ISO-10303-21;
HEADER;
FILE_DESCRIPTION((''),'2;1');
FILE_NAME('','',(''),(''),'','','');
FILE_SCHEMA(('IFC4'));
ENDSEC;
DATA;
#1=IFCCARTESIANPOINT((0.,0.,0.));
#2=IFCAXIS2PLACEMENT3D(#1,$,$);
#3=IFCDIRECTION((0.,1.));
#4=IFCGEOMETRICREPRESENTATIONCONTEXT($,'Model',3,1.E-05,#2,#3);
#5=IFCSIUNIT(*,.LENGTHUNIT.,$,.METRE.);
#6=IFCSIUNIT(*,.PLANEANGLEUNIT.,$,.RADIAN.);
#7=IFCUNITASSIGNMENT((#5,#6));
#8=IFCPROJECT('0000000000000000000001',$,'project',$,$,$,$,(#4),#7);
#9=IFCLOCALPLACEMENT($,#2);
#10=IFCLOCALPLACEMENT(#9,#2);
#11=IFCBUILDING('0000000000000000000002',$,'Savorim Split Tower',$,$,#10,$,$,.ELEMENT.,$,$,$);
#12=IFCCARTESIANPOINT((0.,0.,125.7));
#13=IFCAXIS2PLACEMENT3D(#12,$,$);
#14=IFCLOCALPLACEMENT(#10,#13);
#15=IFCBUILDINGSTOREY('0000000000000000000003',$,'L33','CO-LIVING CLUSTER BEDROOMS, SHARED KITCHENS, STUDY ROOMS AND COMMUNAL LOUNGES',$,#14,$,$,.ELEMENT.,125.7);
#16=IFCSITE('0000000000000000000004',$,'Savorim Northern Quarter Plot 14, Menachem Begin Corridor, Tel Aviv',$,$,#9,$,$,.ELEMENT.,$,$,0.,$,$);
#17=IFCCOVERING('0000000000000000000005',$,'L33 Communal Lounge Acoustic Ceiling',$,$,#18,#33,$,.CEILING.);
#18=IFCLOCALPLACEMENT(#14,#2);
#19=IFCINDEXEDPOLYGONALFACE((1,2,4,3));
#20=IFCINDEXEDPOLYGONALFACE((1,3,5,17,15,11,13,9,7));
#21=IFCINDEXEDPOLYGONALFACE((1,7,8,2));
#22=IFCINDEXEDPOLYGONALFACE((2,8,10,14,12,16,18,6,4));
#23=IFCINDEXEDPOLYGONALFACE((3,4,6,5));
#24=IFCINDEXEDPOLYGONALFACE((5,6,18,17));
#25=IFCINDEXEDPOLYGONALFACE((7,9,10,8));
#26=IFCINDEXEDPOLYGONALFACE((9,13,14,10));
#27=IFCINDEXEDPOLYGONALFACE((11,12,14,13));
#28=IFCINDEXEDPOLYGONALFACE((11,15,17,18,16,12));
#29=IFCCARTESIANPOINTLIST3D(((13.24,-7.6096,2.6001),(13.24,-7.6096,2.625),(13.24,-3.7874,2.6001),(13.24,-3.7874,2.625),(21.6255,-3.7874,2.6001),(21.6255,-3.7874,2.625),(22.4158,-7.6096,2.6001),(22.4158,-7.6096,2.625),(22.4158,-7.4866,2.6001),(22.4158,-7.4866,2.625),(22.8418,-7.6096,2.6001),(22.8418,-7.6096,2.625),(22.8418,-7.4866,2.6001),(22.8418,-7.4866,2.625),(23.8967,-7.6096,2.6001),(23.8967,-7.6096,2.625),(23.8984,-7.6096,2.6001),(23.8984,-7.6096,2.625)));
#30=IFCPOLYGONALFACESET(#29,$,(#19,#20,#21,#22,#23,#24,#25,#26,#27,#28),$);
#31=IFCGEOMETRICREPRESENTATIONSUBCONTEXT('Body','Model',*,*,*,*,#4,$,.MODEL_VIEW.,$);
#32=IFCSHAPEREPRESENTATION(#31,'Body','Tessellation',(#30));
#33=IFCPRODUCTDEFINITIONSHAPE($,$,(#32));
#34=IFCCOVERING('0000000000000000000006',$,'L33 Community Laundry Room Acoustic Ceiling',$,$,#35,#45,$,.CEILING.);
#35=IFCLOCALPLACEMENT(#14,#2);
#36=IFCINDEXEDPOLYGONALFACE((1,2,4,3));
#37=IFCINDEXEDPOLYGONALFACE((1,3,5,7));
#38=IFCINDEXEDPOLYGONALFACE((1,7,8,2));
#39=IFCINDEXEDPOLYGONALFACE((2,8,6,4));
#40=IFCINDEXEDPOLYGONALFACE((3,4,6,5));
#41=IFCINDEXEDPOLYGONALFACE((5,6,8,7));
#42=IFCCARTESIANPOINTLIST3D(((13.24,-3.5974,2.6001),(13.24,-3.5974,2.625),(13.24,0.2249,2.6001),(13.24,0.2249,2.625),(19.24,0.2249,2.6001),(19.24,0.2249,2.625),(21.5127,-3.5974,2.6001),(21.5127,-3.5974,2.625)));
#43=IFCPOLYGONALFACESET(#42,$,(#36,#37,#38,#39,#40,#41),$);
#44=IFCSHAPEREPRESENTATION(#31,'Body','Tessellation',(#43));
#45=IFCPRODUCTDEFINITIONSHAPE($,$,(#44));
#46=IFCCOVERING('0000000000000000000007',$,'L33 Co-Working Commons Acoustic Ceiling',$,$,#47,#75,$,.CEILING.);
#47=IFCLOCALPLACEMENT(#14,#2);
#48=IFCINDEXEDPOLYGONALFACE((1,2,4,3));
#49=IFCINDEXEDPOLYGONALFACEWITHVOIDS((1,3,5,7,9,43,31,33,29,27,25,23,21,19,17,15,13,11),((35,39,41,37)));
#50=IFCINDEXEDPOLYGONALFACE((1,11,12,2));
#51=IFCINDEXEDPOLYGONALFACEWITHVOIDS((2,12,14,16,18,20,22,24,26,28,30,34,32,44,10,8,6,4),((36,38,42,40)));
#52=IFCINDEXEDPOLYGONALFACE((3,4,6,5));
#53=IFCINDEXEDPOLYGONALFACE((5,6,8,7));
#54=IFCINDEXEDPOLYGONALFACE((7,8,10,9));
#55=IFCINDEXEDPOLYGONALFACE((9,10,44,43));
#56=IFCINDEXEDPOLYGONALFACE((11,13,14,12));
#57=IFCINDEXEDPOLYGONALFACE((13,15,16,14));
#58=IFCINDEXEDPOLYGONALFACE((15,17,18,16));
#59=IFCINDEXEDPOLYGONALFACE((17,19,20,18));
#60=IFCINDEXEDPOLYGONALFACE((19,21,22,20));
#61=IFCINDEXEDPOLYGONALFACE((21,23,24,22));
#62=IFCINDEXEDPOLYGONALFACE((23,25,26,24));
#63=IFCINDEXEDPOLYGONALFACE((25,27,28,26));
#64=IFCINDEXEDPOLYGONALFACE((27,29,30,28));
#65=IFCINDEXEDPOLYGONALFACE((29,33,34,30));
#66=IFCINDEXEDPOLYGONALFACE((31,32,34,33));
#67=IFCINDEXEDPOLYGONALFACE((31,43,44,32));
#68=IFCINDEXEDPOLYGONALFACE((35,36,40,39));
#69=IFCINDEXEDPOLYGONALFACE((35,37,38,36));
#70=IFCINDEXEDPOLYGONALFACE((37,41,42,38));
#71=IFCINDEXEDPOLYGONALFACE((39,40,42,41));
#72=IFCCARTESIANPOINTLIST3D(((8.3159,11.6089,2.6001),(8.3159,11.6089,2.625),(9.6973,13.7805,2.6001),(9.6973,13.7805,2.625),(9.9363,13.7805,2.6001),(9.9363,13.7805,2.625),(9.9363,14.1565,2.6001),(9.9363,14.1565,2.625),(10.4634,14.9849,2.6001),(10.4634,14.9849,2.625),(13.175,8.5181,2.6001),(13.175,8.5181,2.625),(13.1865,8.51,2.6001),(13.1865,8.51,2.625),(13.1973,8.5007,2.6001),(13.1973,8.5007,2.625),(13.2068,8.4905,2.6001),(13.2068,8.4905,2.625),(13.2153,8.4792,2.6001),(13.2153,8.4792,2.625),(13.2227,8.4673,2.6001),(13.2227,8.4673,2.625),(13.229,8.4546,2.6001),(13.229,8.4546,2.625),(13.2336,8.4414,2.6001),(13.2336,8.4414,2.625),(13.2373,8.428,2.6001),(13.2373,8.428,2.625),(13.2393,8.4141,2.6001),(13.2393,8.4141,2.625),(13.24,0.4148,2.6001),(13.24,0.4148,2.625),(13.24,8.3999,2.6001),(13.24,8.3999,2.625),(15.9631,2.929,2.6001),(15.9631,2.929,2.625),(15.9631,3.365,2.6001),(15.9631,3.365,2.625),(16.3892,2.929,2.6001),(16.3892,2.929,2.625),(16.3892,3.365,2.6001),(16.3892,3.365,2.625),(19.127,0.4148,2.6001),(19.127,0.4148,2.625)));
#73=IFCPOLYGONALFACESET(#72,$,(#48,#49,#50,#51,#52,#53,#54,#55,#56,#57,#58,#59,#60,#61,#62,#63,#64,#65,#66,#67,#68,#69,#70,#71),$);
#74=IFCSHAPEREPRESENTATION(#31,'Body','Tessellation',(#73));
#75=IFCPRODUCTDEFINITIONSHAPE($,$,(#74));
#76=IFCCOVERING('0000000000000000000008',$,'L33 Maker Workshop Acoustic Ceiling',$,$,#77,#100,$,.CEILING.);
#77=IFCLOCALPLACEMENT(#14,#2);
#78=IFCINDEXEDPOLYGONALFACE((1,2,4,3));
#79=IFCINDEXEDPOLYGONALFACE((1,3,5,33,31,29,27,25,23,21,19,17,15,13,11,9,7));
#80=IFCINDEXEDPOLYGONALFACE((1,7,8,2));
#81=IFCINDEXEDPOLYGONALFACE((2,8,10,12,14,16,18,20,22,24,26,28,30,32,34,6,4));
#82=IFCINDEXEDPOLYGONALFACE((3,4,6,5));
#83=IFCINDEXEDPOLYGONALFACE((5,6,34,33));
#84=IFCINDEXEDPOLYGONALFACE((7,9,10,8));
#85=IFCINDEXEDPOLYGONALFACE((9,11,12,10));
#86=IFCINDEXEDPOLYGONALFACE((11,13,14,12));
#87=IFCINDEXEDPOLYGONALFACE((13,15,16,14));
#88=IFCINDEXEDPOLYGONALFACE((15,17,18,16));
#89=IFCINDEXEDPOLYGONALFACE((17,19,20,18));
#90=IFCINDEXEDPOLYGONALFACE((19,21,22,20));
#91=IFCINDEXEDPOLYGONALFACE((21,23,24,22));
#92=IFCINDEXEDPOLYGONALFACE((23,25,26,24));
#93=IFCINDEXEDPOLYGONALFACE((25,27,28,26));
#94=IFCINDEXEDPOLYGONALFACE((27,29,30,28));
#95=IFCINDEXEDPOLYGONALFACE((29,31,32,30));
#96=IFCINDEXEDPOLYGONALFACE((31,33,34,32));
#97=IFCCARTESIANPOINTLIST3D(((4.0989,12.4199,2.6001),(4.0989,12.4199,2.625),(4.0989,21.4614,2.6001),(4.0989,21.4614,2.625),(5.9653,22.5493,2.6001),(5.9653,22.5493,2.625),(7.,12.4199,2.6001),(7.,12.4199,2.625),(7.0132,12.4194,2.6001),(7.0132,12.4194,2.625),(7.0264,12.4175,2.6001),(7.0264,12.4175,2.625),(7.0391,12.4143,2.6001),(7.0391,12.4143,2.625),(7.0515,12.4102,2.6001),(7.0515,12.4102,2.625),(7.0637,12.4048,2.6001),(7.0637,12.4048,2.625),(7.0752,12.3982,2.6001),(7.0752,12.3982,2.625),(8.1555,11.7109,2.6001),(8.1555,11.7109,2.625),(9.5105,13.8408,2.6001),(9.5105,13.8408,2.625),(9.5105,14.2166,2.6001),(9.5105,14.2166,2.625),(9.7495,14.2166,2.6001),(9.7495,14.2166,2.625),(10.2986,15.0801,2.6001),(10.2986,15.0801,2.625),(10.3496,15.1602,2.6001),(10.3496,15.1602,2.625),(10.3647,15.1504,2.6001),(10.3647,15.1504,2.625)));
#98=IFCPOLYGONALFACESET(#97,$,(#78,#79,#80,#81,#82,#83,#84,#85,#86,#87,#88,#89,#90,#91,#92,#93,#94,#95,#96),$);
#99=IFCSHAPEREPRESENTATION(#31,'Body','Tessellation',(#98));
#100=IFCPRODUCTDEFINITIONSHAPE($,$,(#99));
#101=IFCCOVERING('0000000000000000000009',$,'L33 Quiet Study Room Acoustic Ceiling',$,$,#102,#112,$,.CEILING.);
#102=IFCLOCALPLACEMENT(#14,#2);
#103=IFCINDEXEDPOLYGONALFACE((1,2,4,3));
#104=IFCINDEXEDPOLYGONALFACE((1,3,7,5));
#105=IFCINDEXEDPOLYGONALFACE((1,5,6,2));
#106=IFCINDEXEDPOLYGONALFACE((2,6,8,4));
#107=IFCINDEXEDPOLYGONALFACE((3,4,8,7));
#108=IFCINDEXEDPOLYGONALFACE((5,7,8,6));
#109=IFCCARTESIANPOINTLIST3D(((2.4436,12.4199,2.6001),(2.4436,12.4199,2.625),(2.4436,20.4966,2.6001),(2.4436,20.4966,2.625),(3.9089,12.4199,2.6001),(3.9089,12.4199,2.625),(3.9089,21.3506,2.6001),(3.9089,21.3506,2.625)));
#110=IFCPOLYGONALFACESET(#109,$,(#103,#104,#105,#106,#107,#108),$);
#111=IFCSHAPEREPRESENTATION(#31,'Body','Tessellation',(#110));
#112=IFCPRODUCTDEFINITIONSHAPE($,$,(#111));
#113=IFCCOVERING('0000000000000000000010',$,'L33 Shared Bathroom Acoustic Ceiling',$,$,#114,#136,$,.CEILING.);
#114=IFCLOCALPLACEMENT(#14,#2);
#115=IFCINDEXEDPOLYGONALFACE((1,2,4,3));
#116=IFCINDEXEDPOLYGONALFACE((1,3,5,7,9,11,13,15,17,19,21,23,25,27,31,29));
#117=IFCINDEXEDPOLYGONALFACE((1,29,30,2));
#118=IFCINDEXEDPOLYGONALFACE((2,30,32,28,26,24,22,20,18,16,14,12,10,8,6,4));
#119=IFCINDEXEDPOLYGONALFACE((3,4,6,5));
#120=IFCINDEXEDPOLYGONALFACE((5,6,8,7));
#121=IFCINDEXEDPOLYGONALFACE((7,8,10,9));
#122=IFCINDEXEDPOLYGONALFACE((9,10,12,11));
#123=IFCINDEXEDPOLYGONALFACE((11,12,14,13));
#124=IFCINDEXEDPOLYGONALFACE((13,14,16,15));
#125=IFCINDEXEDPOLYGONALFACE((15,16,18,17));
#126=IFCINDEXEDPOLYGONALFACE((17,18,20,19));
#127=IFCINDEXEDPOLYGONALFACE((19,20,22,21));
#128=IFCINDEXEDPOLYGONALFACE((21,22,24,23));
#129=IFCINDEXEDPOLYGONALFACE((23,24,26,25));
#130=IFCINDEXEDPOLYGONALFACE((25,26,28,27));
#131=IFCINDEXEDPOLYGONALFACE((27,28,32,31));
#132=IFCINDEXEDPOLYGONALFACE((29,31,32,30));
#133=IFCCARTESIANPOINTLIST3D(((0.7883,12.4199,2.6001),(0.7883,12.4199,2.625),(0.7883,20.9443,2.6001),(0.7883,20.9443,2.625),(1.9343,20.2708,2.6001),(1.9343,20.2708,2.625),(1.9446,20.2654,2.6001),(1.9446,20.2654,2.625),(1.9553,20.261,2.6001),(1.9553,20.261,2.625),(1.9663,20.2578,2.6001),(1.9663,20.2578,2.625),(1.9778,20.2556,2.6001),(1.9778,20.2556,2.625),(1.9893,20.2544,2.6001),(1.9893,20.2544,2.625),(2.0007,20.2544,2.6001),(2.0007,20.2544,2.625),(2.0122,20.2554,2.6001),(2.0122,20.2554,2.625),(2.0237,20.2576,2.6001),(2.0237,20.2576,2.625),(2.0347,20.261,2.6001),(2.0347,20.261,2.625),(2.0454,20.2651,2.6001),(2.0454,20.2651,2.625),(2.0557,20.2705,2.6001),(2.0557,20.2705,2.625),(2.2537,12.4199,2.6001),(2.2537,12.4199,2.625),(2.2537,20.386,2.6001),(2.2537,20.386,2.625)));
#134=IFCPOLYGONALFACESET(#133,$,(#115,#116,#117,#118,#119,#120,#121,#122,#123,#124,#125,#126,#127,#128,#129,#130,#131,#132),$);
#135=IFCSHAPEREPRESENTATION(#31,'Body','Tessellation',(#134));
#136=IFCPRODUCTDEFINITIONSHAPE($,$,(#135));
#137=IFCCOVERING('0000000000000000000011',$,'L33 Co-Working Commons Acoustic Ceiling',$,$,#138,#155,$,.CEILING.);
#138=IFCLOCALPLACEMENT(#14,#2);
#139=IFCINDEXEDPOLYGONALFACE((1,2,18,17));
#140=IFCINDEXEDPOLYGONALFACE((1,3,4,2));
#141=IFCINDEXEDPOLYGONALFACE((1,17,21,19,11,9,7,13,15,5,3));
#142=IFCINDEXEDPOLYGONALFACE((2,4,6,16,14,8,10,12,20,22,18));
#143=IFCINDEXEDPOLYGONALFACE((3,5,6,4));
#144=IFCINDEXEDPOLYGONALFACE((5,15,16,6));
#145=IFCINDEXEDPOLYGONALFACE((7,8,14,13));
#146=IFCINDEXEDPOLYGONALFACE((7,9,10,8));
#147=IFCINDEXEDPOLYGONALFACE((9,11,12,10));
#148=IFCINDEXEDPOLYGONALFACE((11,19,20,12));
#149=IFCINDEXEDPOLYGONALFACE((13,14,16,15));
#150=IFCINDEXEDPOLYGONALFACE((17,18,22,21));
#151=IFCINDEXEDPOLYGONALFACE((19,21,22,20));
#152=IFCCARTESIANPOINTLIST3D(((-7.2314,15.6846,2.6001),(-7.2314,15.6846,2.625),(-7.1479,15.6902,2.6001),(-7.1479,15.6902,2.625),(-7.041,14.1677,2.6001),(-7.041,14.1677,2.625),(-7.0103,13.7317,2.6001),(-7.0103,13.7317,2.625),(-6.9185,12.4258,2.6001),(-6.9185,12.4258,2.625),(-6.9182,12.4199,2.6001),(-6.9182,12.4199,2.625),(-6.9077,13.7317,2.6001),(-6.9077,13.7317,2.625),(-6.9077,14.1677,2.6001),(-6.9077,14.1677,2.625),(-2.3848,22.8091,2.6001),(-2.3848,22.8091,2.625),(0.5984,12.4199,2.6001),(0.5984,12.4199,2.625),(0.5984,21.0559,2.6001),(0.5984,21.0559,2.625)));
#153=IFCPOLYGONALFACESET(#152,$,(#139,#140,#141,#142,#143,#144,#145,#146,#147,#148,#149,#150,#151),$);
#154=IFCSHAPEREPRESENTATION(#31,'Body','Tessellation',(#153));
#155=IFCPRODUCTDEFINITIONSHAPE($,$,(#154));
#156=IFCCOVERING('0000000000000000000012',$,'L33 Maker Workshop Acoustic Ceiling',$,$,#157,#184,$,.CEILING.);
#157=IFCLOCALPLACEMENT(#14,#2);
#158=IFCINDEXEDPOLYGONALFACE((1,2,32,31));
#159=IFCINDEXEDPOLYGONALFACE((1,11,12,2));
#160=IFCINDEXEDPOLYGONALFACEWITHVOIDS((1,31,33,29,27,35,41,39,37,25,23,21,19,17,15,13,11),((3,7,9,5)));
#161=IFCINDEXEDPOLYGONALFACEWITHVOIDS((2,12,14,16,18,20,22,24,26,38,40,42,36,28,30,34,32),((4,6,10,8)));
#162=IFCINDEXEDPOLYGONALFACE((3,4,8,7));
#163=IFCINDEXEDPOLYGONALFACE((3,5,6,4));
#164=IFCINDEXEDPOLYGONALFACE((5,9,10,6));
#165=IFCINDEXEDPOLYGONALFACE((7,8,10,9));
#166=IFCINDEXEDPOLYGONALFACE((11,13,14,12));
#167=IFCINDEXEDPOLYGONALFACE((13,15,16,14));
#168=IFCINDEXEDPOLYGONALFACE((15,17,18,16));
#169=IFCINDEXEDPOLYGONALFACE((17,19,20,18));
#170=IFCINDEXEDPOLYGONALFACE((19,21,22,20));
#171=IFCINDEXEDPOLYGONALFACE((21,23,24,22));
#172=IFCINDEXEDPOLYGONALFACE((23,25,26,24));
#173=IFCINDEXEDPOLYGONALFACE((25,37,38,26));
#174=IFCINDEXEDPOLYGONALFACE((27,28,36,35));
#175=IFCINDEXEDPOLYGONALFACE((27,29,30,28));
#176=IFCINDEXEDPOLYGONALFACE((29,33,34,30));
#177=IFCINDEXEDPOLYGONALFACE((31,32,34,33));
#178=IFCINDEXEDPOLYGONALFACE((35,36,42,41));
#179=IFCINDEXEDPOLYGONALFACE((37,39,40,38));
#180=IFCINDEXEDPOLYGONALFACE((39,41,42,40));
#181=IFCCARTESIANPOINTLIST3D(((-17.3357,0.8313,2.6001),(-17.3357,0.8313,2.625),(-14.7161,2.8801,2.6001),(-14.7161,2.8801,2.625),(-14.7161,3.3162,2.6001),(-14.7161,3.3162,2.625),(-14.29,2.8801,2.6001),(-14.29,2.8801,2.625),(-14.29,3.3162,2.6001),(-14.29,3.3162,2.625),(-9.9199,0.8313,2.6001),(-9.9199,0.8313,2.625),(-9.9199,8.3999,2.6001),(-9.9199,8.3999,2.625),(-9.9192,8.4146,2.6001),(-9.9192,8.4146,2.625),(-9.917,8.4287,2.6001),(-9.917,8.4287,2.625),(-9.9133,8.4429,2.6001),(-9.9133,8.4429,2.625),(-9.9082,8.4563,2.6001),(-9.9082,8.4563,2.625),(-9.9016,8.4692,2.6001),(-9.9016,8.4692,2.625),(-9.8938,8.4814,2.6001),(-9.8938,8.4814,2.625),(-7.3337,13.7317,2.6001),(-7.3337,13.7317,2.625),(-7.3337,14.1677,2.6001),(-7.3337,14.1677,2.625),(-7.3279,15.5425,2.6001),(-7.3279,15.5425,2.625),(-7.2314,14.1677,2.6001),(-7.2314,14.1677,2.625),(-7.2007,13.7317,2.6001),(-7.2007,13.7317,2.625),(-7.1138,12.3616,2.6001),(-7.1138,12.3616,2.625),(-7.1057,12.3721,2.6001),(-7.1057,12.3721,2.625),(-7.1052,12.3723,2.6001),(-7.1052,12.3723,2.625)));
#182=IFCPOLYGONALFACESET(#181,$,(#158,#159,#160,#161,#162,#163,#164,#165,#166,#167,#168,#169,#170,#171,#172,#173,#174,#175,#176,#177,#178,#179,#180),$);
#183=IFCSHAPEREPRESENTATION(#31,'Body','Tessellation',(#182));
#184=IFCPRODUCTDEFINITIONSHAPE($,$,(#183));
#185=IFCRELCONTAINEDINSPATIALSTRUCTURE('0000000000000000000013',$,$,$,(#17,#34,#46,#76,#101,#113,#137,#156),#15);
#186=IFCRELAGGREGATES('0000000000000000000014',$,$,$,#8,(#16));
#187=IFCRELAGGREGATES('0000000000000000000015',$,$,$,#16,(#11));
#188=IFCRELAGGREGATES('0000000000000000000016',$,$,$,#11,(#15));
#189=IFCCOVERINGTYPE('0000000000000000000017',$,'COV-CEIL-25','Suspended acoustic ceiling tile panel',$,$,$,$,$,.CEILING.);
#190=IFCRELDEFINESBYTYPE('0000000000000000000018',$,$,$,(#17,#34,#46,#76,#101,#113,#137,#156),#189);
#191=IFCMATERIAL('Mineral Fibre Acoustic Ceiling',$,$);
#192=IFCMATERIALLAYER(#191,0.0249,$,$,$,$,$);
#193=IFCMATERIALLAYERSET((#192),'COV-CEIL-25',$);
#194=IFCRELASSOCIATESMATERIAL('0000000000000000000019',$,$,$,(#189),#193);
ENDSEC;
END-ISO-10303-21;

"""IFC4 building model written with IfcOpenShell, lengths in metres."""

from ifc_helpers import new_model, si_unit, direction, frame, origin, place, context, subcontext, project, spatial, polyline, outline, extrude, material, layer, layer_set, type_object, element, save


model = new_model("IFC4")

# Units and contexts
model_context = context("Model", 3, precision=1e-05, world=origin(), true_north=direction((0.0, 1.0)))
body_context = subcontext(model_context, "Body", "Model", "MODEL_VIEW")
ifc_project = project(units=[si_unit("LENGTHUNIT", "METRE"), si_unit("PLANEANGLEUNIT", "RADIAN")], contexts=[model_context])

# Site, building, storey
site_placement = place(None, origin())
site = spatial("IfcSite", under=ifc_project, at=site_placement, Name="Savorim Northern Quarter Plot 14, Menachem Begin Corridor, Tel Aviv", CompositionType="ELEMENT", RefElevation=0.0)
building_placement = place(site_placement, origin())
building = spatial("IfcBuilding", under=site, at=building_placement, Name="Savorim Split Tower", CompositionType="ELEMENT")
storey_placement = place(building_placement, frame((0.0, 0.0, 125.7)))
storey = spatial("IfcBuildingStorey", under=building, at=storey_placement, Name="L33", Description="CO-LIVING CLUSTER BEDROOMS, SHARED KITCHENS, STUDY ROOMS AND COMMUNAL LOUNGES", CompositionType="ELEMENT", Elevation=125.7)

# Coverings
ifc_material_1 = material(Name="Mineral Fibre Acoustic Ceiling")
ifc_layer_1 = layer(ifc_material_1, 0.0249)
ifc_layer_set_1 = layer_set([ifc_layer_1], Name="COV-CEIL-25")
covering_type_1 = type_object("IfcCoveringType", Name="COV-CEIL-25", Description="Suspended acoustic ceiling tile panel", PredefinedType="CEILING", material=ifc_layer_set_1)
covering_1_placement = place(storey_placement, frame((0.0, 0.0, 2.6001)))
element("IfcCovering", 1, at=covering_1_placement, inside=storey, type_object=covering_type_1, Name="L33 Communal Lounge Acoustic Ceiling", PredefinedType="CEILING", context=body_context, shape_type="SweptSolid", body=[
    extrude(outline(polyline([(22.8418, -7.4866), (22.8418, -7.6096), (23.8967, -7.6096), (23.8984, -7.6096), (21.6255, -3.7874), (13.24, -3.7874), (13.24, -7.6096), (22.4158, -7.6096), (22.4158, -7.4866), (22.8418, -7.4866)])), origin(), (0.0, 0.0, 1.0), 0.0249),
])
covering_2_placement = place(storey_placement, frame((0.0, 0.0, 2.6001)))
element("IfcCovering", 2, at=covering_2_placement, inside=storey, type_object=covering_type_1, Name="L33 Community Laundry Room Acoustic Ceiling", PredefinedType="CEILING", context=body_context, shape_type="SweptSolid", body=[
    extrude(outline(polyline([(21.5127, -3.5974), (19.24, 0.2249), (13.24, 0.2249), (13.24, -3.5974), (21.5127, -3.5974)])), origin(), (0.0, 0.0, 1.0), 0.0249),
])
covering_3_placement = place(storey_placement, frame((0.0, 0.0, 2.6001)))
element("IfcCovering", 3, at=covering_3_placement, inside=storey, type_object=covering_type_1, Name="L33 Co-Working Commons Acoustic Ceiling", PredefinedType="CEILING", context=body_context, shape_type="SweptSolid", body=[
    extrude(outline(polyline([(13.2373, 8.428), (13.2393, 8.4141), (13.24, 8.3999), (13.24, 0.4148), (19.127, 0.4148), (10.4634, 14.9849), (9.9363, 14.1565), (9.9363, 13.7805), (9.6973, 13.7805), (8.3159, 11.6089), (8.3159, 11.6089), (13.175, 8.5181), (13.1865, 8.51), (13.1973, 8.5007), (13.2068, 8.4905), (13.2153, 8.4792), (13.2227, 8.4673), (13.229, 8.4546), (13.2336, 8.4414), (13.2373, 8.428)]), holes=[polyline([(16.3892, 2.929), (16.3892, 3.365), (15.9631, 3.365), (15.9631, 2.929), (16.3892, 2.929)])]), origin(), (0.0, 0.0, 1.0), 0.0249),
])
covering_4_placement = place(storey_placement, frame((0.0, 0.0, 2.6001)))
element("IfcCovering", 4, at=covering_4_placement, inside=storey, type_object=covering_type_1, Name="L33 Maker Workshop Acoustic Ceiling", PredefinedType="CEILING", context=body_context, shape_type="SweptSolid", body=[
    extrude(outline(polyline([(10.3496, 15.1602), (10.3647, 15.1504), (5.9653, 22.5493), (4.0989, 21.4614), (4.0989, 12.4199), (7.0, 12.4199), (7.0132, 12.4194), (7.0264, 12.4175), (7.0391, 12.4143), (7.0515, 12.4102), (7.0637, 12.4048), (7.0752, 12.3982), (8.1555, 11.7109), (9.5105, 13.8408), (9.5105, 14.2166), (9.7495, 14.2166), (10.2986, 15.0801), (10.3496, 15.1602)])), origin(), (0.0, 0.0, 1.0), 0.0249),
])
covering_5_placement = place(storey_placement, frame((0.0, 0.0, 2.6001)))
element("IfcCovering", 5, at=covering_5_placement, inside=storey, type_object=covering_type_1, Name="L33 Quiet Study Room Acoustic Ceiling", PredefinedType="CEILING", context=body_context, shape_type="SweptSolid", body=[
    extrude(outline(polyline([(2.4436, 12.4199), (3.9089, 12.4199), (3.9089, 21.3506), (2.4436, 20.4966), (2.4436, 12.4199)])), origin(), (0.0, 0.0, 1.0), 0.0249),
])
covering_6_placement = place(storey_placement, frame((0.0, 0.0, 2.6001)))
element("IfcCovering", 6, at=covering_6_placement, inside=storey, type_object=covering_type_1, Name="L33 Shared Bathroom Acoustic Ceiling", PredefinedType="CEILING", context=body_context, shape_type="SweptSolid", body=[
    extrude(outline(polyline([(1.9553, 20.261), (1.9446, 20.2654), (1.9343, 20.2708), (0.7883, 20.9443), (0.7883, 12.4199), (2.2537, 12.4199), (2.2537, 20.386), (2.0557, 20.2705), (2.0454, 20.2651), (2.0347, 20.261), (2.0237, 20.2576), (2.0122, 20.2554), (2.0007, 20.2544), (1.9893, 20.2544), (1.9778, 20.2556), (1.9663, 20.2578), (1.9553, 20.261)])), origin(), (0.0, 0.0, 1.0), 0.0249),
])
covering_7_placement = place(storey_placement, frame((0.0, 0.0, 2.6001)))
element("IfcCovering", 7, at=covering_7_placement, inside=storey, type_object=covering_type_1, Name="L33 Co-Working Commons Acoustic Ceiling", PredefinedType="CEILING", context=body_context, shape_type="SweptSolid", body=[
    extrude(outline(polyline([(-6.9182, 12.4199), (0.5984, 12.4199), (0.5984, 21.0559), (-2.3848, 22.8091), (-7.2314, 15.6846), (-7.1479, 15.6902), (-7.041, 14.1677), (-6.9077, 14.1677), (-6.9077, 13.7317), (-7.0103, 13.7317), (-6.9185, 12.4258), (-6.9182, 12.4199)])), origin(), (0.0, 0.0, 1.0), 0.0249),
])
covering_8_placement = place(storey_placement, frame((0.0, 0.0, 2.6001)))
element("IfcCovering", 8, at=covering_8_placement, inside=storey, type_object=covering_type_1, Name="L33 Maker Workshop Acoustic Ceiling", PredefinedType="CEILING", context=body_context, shape_type="SweptSolid", body=[
    extrude(outline(polyline([(-7.1138, 12.3616), (-7.1057, 12.3721), (-7.1052, 12.3723), (-7.2007, 13.7317), (-7.3337, 13.7317), (-7.3337, 14.1677), (-7.2314, 14.1677), (-7.3279, 15.5425), (-17.3357, 0.8313), (-9.9199, 0.8313), (-9.9199, 8.3999), (-9.9192, 8.4146), (-9.917, 8.4287), (-9.9133, 8.4429), (-9.9082, 8.4563), (-9.9016, 8.4692), (-9.8938, 8.4814), (-7.1138, 12.3616)]), holes=[polyline([(-14.7161, 3.3162), (-14.7161, 2.8801), (-14.29, 2.8801), (-14.29, 3.3162), (-14.7161, 3.3162)])]), origin(), (0.0, 0.0, 1.0), 0.0249),
])

save(model, "model.ifc")
